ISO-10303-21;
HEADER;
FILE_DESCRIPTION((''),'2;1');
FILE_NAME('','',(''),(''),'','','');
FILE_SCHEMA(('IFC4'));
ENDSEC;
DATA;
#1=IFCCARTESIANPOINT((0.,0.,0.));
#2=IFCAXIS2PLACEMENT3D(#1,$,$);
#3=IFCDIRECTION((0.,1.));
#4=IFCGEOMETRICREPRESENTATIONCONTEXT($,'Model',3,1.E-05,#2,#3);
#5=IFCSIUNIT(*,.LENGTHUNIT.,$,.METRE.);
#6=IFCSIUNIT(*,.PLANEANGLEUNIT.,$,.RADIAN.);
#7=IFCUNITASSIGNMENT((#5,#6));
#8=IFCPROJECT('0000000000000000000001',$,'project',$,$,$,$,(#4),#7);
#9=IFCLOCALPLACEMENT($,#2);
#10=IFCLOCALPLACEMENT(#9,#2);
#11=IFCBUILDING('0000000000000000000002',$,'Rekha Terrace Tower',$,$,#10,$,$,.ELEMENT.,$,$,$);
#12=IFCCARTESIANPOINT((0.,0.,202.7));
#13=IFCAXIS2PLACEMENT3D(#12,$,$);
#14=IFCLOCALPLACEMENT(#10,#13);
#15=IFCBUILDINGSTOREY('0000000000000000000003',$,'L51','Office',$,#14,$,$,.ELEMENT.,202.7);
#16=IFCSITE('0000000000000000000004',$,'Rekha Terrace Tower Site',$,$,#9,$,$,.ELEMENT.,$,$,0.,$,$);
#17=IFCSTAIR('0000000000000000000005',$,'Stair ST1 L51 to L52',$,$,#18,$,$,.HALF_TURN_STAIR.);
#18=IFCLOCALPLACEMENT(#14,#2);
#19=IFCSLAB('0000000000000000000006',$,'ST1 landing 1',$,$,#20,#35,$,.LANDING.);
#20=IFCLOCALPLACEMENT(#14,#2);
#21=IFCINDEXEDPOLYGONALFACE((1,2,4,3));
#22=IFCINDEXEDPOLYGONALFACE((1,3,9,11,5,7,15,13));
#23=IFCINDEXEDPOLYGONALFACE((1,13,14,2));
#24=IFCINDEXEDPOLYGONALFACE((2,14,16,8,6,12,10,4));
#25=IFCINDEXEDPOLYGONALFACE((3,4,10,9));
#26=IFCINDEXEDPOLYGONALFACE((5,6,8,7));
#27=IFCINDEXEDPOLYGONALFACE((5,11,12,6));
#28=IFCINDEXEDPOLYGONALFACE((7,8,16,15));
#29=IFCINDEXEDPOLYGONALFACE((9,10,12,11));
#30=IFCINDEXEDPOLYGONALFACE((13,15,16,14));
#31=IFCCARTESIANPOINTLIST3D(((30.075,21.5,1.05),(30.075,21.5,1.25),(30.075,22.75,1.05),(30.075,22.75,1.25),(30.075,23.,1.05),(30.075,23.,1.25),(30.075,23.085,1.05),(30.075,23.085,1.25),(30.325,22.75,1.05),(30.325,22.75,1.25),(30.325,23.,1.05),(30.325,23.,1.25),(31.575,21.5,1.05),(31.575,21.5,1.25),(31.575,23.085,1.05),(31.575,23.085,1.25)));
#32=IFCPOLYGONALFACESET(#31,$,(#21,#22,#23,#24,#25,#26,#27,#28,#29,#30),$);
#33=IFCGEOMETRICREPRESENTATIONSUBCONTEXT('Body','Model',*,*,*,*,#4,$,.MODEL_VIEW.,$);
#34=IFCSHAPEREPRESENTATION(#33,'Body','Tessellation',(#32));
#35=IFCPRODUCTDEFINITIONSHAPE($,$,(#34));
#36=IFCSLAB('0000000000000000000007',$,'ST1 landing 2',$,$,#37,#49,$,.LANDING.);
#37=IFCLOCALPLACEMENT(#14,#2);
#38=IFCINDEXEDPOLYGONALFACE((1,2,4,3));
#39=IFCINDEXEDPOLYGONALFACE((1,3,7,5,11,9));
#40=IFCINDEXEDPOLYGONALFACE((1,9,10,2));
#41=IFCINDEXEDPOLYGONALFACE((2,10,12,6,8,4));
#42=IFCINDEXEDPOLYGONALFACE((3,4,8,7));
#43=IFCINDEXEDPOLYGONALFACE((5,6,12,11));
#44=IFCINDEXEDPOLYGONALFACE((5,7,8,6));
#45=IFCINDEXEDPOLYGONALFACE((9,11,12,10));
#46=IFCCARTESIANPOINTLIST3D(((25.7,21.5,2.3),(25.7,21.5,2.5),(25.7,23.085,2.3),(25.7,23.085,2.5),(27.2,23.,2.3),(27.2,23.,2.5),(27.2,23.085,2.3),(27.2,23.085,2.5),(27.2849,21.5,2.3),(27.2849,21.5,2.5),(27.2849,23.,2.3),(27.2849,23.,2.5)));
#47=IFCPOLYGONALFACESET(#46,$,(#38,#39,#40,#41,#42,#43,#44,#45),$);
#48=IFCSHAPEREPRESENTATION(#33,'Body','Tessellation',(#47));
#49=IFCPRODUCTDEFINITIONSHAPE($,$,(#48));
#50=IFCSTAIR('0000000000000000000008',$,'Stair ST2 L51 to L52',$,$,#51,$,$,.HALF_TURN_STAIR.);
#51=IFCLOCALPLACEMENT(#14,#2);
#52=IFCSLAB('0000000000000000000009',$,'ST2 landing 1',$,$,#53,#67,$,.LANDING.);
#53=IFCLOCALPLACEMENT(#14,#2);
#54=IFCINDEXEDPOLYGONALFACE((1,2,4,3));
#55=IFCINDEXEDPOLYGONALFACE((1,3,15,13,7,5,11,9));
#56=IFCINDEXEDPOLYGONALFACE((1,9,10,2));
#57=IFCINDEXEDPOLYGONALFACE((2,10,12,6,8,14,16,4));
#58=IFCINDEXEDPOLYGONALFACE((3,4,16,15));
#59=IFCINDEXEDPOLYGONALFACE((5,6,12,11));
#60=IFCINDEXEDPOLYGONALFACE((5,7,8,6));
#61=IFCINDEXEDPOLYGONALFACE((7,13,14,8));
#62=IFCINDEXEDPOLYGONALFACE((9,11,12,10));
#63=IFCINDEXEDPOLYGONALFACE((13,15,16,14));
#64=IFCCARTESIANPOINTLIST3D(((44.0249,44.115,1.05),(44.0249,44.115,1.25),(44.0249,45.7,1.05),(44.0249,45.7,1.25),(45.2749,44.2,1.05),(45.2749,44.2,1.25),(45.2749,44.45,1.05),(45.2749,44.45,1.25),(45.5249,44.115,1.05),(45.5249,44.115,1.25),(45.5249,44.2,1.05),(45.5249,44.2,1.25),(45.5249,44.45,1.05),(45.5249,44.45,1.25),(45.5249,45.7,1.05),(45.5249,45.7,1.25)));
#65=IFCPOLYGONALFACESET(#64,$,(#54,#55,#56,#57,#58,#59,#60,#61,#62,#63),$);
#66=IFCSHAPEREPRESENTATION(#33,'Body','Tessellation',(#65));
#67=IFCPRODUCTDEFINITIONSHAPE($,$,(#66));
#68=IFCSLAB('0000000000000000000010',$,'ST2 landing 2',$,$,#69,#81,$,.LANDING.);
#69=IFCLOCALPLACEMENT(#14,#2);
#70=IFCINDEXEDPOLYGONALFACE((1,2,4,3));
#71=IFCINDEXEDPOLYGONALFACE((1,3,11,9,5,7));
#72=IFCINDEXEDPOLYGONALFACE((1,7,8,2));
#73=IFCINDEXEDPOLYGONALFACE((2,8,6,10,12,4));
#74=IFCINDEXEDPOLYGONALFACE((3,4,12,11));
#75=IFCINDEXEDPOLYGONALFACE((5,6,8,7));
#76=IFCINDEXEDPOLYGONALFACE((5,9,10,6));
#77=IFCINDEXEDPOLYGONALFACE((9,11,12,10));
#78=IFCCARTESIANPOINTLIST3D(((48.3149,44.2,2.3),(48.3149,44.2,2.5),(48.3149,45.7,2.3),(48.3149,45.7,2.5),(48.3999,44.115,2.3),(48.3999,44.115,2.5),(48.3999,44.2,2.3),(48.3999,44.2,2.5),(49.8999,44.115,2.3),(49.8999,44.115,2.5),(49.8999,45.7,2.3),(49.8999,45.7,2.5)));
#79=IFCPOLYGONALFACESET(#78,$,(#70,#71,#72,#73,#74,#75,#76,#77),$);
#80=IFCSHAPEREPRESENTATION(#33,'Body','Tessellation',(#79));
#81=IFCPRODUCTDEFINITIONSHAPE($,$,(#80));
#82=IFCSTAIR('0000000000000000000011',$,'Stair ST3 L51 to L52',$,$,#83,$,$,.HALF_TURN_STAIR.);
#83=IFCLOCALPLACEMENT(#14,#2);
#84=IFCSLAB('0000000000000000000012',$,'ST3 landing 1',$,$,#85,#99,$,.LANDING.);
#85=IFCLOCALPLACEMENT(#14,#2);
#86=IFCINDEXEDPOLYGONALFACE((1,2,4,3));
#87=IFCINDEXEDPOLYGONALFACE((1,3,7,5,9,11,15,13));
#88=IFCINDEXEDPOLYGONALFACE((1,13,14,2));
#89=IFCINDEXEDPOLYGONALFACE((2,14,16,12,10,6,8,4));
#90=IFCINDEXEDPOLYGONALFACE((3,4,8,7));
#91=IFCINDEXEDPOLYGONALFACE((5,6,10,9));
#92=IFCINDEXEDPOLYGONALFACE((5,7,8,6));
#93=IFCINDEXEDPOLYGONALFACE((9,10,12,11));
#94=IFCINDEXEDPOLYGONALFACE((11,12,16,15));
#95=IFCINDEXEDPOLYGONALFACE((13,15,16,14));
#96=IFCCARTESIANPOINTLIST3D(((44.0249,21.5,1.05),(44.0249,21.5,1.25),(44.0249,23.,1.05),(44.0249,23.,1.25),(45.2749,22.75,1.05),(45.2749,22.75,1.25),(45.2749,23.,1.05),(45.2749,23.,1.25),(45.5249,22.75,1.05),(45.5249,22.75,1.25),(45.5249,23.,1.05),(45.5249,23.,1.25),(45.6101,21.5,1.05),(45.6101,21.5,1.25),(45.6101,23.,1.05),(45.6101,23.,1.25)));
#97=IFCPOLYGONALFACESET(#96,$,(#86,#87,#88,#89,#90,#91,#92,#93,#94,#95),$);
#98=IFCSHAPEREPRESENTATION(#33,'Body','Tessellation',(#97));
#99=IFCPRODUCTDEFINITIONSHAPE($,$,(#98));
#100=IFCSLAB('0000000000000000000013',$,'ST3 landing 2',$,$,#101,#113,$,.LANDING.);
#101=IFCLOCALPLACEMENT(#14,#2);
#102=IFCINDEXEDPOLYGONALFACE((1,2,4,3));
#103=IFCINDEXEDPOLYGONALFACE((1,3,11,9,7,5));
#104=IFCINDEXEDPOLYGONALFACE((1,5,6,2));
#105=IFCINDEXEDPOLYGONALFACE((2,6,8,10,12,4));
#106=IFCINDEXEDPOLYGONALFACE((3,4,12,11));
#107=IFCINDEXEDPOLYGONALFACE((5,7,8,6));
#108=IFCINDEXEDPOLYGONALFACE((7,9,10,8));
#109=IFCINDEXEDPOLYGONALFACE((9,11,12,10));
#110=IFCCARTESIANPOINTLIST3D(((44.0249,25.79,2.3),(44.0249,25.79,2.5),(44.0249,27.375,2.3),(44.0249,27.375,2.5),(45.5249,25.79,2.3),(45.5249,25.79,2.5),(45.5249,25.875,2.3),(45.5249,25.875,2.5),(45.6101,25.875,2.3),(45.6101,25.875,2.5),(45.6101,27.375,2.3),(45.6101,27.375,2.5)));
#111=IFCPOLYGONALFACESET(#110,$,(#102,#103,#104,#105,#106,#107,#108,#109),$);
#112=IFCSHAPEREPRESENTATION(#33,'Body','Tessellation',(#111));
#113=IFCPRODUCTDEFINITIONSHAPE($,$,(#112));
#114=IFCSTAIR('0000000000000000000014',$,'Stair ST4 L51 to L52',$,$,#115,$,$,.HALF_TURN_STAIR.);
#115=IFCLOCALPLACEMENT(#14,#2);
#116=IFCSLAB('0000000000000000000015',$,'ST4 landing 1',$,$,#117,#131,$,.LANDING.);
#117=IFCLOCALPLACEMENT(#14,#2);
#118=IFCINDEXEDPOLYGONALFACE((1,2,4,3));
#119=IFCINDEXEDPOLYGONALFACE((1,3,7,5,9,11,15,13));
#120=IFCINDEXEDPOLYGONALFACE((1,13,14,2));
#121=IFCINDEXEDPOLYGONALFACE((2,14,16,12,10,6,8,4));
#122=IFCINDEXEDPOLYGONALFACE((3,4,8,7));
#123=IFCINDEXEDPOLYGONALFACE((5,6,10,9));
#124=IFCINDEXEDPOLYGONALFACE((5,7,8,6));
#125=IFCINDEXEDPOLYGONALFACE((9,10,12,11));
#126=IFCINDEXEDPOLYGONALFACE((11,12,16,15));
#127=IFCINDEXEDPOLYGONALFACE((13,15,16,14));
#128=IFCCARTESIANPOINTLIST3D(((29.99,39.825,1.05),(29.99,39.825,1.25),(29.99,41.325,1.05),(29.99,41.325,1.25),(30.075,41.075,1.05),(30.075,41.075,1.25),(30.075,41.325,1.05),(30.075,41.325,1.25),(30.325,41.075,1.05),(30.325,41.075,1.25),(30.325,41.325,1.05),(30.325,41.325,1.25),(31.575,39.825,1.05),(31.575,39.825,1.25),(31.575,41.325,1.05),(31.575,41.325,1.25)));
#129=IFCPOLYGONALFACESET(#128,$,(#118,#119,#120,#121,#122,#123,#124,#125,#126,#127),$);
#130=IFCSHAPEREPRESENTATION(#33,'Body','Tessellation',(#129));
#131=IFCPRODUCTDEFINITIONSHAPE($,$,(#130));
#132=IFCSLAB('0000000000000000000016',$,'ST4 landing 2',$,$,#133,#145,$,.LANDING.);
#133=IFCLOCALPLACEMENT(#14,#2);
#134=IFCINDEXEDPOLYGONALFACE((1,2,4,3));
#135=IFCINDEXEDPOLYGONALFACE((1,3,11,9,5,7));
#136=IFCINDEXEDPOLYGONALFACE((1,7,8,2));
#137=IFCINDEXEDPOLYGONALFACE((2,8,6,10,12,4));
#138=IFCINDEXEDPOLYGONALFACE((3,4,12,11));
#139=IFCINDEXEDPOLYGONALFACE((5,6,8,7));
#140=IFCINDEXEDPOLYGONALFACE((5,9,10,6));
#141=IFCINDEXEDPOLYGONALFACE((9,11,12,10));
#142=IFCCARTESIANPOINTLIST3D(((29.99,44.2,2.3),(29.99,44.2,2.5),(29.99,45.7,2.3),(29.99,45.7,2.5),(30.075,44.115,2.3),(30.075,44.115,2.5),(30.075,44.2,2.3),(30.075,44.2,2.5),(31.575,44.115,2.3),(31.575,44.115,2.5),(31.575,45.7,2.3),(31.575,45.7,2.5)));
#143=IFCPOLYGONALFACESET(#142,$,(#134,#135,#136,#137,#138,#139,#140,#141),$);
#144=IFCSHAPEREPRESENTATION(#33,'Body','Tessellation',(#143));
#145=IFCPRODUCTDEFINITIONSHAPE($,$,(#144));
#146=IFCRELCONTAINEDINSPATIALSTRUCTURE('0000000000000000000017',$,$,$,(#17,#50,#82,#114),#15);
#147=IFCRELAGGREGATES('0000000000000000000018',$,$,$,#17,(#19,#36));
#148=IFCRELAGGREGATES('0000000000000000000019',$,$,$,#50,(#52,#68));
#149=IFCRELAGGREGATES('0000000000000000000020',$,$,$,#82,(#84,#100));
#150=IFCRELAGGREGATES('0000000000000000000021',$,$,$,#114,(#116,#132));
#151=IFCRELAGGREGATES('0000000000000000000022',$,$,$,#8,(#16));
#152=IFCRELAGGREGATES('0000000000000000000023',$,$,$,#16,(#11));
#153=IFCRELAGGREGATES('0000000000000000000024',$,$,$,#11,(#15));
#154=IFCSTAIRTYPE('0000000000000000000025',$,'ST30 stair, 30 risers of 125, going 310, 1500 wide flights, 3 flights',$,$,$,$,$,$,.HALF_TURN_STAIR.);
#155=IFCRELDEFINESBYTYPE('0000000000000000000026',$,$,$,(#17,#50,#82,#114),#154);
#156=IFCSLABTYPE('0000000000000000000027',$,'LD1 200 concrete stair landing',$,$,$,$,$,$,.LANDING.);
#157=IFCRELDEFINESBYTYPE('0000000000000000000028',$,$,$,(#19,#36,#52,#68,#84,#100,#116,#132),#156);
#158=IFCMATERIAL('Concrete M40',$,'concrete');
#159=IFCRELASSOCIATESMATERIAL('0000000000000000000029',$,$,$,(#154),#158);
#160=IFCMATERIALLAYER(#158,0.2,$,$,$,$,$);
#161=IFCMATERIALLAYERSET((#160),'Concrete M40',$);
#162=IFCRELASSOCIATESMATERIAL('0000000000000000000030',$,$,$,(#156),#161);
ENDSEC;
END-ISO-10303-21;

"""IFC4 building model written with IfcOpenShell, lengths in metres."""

from ifc_helpers import new_model, si_unit, direction, frame, origin, place, context, subcontext, project, spatial, polyline, outline, extrude, material, layer, layer_set, type_object, element, aggregate, save


model = new_model("IFC4")

# Units and contexts
model_context = context("Model", 3, precision=1e-05, world=origin(), true_north=direction((0.0, 1.0)))
body_context = subcontext(model_context, "Body", "Model", "MODEL_VIEW")
ifc_project = project(units=[si_unit("LENGTHUNIT", "METRE"), si_unit("PLANEANGLEUNIT", "RADIAN")], contexts=[model_context])

# Site, building, storey
site_placement = place(None, origin())
site = spatial("IfcSite", under=ifc_project, at=site_placement, Name="Rekha Terrace Tower Site", CompositionType="ELEMENT", RefElevation=0.0)
building_placement = place(site_placement, origin())
building = spatial("IfcBuilding", under=site, at=building_placement, Name="Rekha Terrace Tower", CompositionType="ELEMENT")
storey_placement = place(building_placement, frame((0.0, 0.0, 202.7)))
storey = spatial("IfcBuildingStorey", under=building, at=storey_placement, Name="L51", Description="Office", CompositionType="ELEMENT", Elevation=202.7)

# Stairs, slabs
ifc_material_1 = material(Name="Concrete M40", Category="concrete")
stair_type = type_object("IfcStairType", Name="ST30 stair, 30 risers of 125, going 310, 1500 wide flights, 3 flights", PredefinedType="HALF_TURN_STAIR", material=ifc_material_1)
stair_1_placement = place(storey_placement, origin())
stair_1 = element("IfcStair", 1, at=stair_1_placement, inside=storey, type_object=stair_type, Name="Stair ST1 L51 to L52", PredefinedType="HALF_TURN_STAIR")
ifc_layer_1 = layer(ifc_material_1, 0.2)
ifc_layer_set_1 = layer_set([ifc_layer_1], Name="Concrete M40")
slab_type_1 = type_object("IfcSlabType", Name="LD1 200 concrete stair landing", PredefinedType="LANDING", material=ifc_layer_set_1)
slab_1_placement = place(storey_placement, frame((0.0, 0.0, 1.05)))
slab_1 = element("IfcSlab", 2, at=slab_1_placement, type_object=slab_type_1, Name="ST1 landing 1", PredefinedType="LANDING", context=body_context, shape_type="SweptSolid", body=[
    extrude(outline(polyline([(30.075, 21.5), (31.575, 21.5), (31.575, 23.085), (30.075, 23.085), (30.075, 23.0), (30.325, 23.0), (30.325, 22.75), (30.075, 22.75), (30.075, 21.5)])), origin(), (0.0, 0.0, 1.0), 0.2),
])
slab_2_placement = place(storey_placement, frame((0.0, 0.0, 2.3)))
slab_2 = element("IfcSlab", 3, at=slab_2_placement, type_object=slab_type_1, Name="ST1 landing 2", PredefinedType="LANDING", context=body_context, shape_type="SweptSolid", body=[
    extrude(outline(polyline([(27.2, 23.085), (25.7, 23.085), (25.7, 21.5), (27.2849, 21.5), (27.2849, 23.0), (27.2, 23.0), (27.2, 23.085)])), origin(), (0.0, 0.0, 1.0), 0.2),
])
aggregate(stair_1, [slab_1, slab_2])
stair_2_placement = place(storey_placement, origin())
stair_2 = element("IfcStair", 4, at=stair_2_placement, inside=storey, type_object=stair_type, Name="Stair ST2 L51 to L52", PredefinedType="HALF_TURN_STAIR")
slab_3_placement = place(storey_placement, frame((0.0, 0.0, 1.05)))
slab_3 = element("IfcSlab", 5, at=slab_3_placement, type_object=slab_type_1, Name="ST2 landing 1", PredefinedType="LANDING", context=body_context, shape_type="SweptSolid", body=[
    extrude(outline(polyline([(45.5249, 45.7), (44.0249, 45.7), (44.0249, 44.115), (45.5249, 44.115), (45.5249, 44.2), (45.2749, 44.2), (45.2749, 44.45), (45.5249, 44.45), (45.5249, 45.7)])), origin(), (0.0, 0.0, 1.0), 0.2),
])
slab_4_placement = place(storey_placement, frame((0.0, 0.0, 2.3)))
slab_4 = element("IfcSlab", 6, at=slab_4_placement, type_object=slab_type_1, Name="ST2 landing 2", PredefinedType="LANDING", context=body_context, shape_type="SweptSolid", body=[
    extrude(outline(polyline([(48.3999, 44.115), (49.8999, 44.115), (49.8999, 45.7), (48.3149, 45.7), (48.3149, 44.2), (48.3999, 44.2), (48.3999, 44.115)])), origin(), (0.0, 0.0, 1.0), 0.2),
])
aggregate(stair_2, [slab_3, slab_4])
stair_3_placement = place(storey_placement, origin())
stair_3 = element("IfcStair", 7, at=stair_3_placement, inside=storey, type_object=stair_type, Name="Stair ST3 L51 to L52", PredefinedType="HALF_TURN_STAIR")
slab_5_placement = place(storey_placement, frame((0.0, 0.0, 1.05)))
slab_5 = element("IfcSlab", 8, at=slab_5_placement, type_object=slab_type_1, Name="ST3 landing 1", PredefinedType="LANDING", context=body_context, shape_type="SweptSolid", body=[
    extrude(outline(polyline([(44.0249, 23.0), (44.0249, 21.5), (45.6101, 21.5), (45.6101, 23.0), (45.5249, 23.0), (45.5249, 22.75), (45.2749, 22.75), (45.2749, 23.0), (44.0249, 23.0)])), origin(), (0.0, 0.0, 1.0), 0.2),
])
slab_6_placement = place(storey_placement, frame((0.0, 0.0, 2.3)))
slab_6 = element("IfcSlab", 9, at=slab_6_placement, type_object=slab_type_1, Name="ST3 landing 2", PredefinedType="LANDING", context=body_context, shape_type="SweptSolid", body=[
    extrude(outline(polyline([(45.6101, 25.875), (45.6101, 27.375), (44.0249, 27.375), (44.0249, 25.79), (45.5249, 25.79), (45.5249, 25.875), (45.6101, 25.875)])), origin(), (0.0, 0.0, 1.0), 0.2),
])
aggregate(stair_3, [slab_5, slab_6])
stair_4_placement = place(storey_placement, origin())
stair_4 = element("IfcStair", 10, at=stair_4_placement, inside=storey, type_object=stair_type, Name="Stair ST4 L51 to L52", PredefinedType="HALF_TURN_STAIR")
slab_7_placement = place(storey_placement, frame((0.0, 0.0, 1.05)))
slab_7 = element("IfcSlab", 11, at=slab_7_placement, type_object=slab_type_1, Name="ST4 landing 1", PredefinedType="LANDING", context=body_context, shape_type="SweptSolid", body=[
    extrude(outline(polyline([(31.575, 41.325), (31.575, 39.825), (29.99, 39.825), (29.99, 41.325), (30.075, 41.325), (30.075, 41.075), (30.325, 41.075), (30.325, 41.325), (31.575, 41.325)])), origin(), (0.0, 0.0, 1.0), 0.2),
])
slab_8_placement = place(storey_placement, frame((0.0, 0.0, 2.3)))
slab_8 = element("IfcSlab", 12, at=slab_8_placement, type_object=slab_type_1, Name="ST4 landing 2", PredefinedType="LANDING", context=body_context, shape_type="SweptSolid", body=[
    extrude(outline(polyline([(29.99, 44.2), (29.99, 45.7), (31.575, 45.7), (31.575, 44.115), (30.075, 44.115), (30.075, 44.2), (29.99, 44.2)])), origin(), (0.0, 0.0, 1.0), 0.2),
])
aggregate(stair_4, [slab_7, slab_8])

save(model, "model.ifc")
